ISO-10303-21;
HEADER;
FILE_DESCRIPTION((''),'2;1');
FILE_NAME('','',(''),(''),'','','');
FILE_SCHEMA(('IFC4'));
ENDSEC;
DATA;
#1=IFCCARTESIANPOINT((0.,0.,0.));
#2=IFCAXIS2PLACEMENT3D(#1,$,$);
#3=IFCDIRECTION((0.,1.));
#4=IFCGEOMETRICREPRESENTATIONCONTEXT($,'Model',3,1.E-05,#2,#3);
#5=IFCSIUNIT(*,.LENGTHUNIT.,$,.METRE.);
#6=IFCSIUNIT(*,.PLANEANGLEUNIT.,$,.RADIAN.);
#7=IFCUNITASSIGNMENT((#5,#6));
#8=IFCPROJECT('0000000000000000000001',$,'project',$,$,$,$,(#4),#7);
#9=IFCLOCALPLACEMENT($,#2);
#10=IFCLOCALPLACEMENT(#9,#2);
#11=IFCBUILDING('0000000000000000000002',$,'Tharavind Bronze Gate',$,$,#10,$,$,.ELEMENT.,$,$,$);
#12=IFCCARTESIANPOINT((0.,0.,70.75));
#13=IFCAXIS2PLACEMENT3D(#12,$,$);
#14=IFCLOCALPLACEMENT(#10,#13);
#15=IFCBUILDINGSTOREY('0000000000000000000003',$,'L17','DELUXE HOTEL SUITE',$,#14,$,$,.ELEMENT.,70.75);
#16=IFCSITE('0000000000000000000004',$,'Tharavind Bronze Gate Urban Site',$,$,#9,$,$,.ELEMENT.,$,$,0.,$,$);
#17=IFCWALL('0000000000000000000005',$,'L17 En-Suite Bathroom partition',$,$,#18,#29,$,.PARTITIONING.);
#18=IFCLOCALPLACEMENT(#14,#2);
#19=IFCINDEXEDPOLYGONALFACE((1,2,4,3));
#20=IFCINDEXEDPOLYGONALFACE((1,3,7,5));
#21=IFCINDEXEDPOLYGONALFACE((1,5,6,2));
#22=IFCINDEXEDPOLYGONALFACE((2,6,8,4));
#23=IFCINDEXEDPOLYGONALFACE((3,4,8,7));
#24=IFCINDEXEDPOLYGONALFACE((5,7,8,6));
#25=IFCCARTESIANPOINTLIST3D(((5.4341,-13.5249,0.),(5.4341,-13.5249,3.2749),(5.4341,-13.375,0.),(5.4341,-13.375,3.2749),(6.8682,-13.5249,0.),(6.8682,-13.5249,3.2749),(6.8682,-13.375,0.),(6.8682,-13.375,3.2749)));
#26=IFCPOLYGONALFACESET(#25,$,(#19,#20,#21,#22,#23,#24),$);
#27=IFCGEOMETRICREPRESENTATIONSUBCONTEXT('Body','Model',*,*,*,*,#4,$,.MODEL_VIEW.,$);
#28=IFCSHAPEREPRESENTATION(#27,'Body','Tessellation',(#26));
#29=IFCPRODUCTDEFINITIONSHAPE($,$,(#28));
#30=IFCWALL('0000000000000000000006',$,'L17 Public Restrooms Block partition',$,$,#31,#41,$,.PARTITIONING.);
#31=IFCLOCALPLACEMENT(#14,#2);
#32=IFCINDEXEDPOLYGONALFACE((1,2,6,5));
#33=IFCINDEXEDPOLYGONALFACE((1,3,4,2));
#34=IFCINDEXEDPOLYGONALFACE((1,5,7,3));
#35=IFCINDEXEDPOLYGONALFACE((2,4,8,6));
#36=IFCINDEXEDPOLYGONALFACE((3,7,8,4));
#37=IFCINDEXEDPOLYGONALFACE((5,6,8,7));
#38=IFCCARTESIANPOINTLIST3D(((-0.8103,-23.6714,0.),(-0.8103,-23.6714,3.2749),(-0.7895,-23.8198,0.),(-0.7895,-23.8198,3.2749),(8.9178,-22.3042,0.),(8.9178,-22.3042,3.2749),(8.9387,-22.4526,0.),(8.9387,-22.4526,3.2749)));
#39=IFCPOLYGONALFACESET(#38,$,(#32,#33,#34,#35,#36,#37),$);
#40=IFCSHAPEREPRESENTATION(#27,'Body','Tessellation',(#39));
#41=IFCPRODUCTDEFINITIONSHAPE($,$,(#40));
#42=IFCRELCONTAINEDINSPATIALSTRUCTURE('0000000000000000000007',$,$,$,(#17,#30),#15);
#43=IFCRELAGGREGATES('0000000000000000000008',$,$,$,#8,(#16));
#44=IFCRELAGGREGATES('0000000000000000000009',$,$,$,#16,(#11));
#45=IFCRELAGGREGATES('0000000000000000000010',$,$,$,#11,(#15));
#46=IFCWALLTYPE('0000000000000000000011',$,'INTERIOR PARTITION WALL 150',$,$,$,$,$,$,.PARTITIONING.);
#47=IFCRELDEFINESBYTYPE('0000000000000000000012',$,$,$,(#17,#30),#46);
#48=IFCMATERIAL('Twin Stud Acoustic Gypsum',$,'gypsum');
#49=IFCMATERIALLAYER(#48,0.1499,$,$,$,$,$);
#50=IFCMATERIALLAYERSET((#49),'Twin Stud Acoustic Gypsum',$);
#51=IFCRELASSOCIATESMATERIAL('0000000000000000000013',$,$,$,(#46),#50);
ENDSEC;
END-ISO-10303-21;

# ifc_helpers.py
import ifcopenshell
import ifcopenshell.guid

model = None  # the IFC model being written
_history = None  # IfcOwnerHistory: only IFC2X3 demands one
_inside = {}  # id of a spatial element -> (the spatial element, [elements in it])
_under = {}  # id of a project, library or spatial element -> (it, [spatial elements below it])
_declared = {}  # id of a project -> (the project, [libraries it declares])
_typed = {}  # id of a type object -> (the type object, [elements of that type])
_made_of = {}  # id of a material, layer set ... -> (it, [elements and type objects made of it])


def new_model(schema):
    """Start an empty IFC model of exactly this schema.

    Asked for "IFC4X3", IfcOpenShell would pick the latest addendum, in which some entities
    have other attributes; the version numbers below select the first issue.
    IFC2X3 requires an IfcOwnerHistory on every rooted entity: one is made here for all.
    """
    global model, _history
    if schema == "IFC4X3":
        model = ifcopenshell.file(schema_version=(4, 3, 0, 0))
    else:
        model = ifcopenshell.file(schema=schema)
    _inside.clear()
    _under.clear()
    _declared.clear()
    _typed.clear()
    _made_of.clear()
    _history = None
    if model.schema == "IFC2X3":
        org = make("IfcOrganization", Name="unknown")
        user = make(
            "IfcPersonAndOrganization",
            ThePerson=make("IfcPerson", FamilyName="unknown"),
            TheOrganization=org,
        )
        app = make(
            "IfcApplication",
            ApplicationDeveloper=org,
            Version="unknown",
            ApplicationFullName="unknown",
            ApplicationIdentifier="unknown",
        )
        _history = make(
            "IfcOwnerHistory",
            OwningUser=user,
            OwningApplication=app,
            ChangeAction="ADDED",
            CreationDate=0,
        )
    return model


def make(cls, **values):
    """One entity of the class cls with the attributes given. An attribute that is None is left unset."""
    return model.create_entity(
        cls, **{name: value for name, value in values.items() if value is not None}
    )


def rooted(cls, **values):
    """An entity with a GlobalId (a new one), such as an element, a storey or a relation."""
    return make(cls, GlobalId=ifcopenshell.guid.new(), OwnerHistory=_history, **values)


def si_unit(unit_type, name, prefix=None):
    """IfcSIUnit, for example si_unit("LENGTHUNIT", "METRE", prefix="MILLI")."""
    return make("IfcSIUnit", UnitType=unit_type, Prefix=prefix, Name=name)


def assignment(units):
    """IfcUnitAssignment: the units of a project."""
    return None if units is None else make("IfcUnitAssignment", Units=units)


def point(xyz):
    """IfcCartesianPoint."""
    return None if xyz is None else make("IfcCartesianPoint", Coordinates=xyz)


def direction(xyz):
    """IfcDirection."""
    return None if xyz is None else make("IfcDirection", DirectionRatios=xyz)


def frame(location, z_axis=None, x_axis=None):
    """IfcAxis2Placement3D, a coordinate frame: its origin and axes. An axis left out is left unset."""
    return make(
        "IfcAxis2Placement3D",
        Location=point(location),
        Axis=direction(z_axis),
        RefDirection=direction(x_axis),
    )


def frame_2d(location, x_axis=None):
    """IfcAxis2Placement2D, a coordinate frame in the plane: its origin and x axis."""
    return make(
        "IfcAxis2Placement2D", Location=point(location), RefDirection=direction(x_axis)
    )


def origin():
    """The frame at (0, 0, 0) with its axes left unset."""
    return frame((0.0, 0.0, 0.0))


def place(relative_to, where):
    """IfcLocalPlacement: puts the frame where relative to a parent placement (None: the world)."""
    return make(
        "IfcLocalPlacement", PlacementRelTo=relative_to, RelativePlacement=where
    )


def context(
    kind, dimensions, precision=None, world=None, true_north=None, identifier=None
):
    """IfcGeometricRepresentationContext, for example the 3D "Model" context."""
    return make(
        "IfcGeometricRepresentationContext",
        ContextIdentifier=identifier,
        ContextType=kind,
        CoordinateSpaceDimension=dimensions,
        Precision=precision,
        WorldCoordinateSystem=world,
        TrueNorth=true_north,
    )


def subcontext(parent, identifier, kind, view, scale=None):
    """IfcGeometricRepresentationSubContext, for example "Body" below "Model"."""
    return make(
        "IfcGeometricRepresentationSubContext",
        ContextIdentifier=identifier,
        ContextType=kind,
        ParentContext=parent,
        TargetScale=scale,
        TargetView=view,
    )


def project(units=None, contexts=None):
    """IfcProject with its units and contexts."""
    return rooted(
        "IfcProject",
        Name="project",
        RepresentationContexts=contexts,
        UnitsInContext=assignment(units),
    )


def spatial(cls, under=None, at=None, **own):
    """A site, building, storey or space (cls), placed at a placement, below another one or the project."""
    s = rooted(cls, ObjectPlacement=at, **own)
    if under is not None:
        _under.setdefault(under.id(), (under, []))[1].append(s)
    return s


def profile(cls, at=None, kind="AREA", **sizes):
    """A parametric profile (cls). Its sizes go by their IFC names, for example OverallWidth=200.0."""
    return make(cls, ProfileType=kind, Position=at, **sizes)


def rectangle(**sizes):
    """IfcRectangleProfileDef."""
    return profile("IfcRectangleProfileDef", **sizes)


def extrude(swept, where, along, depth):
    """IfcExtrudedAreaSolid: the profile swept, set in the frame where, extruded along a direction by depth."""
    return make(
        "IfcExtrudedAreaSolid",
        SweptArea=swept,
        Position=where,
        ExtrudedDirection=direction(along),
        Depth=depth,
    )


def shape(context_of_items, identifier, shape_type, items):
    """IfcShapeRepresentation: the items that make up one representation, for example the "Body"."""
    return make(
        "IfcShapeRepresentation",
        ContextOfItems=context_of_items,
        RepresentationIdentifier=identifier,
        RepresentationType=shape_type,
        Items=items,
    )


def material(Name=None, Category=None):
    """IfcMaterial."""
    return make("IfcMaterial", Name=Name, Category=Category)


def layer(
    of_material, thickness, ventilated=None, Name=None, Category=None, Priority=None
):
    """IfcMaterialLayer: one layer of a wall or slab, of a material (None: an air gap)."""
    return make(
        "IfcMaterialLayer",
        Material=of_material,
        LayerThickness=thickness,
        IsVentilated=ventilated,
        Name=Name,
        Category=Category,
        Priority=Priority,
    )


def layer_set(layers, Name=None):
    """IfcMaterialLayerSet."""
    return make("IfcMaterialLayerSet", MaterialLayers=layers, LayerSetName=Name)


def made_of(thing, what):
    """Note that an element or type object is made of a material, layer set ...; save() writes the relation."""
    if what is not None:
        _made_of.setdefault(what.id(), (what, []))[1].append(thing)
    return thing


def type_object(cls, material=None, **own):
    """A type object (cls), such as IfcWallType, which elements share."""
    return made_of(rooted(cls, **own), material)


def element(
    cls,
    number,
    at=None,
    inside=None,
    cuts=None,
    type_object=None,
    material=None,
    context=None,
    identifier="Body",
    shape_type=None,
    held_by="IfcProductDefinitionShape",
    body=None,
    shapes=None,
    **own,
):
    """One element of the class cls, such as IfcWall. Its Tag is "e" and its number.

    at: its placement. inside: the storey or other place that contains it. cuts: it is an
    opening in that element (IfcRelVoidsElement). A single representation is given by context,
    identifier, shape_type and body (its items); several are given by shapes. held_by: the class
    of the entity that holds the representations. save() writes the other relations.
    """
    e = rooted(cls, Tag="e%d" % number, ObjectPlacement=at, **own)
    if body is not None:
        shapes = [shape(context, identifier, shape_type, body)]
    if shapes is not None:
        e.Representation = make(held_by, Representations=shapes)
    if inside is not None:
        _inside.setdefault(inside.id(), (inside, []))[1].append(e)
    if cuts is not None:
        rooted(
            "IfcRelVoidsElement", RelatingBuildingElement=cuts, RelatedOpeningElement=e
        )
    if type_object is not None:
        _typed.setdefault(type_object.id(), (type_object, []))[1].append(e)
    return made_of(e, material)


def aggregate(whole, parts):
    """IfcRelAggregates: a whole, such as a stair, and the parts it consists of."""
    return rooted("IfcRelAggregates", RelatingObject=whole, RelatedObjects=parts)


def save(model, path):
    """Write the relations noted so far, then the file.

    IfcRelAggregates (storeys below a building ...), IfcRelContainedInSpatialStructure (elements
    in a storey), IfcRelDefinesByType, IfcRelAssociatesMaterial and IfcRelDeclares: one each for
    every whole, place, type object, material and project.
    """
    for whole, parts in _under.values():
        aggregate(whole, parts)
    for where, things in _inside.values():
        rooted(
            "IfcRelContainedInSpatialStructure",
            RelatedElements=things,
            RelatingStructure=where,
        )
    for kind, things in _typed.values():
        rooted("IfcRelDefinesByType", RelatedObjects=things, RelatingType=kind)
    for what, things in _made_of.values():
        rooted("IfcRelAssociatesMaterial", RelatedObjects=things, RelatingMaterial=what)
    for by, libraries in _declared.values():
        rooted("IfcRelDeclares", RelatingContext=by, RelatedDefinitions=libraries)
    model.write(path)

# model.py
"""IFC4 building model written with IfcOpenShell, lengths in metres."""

from ifc_helpers import new_model, si_unit, direction, frame, frame_2d, origin, place, context, subcontext, project, spatial, rectangle, extrude, material, layer, layer_set, type_object, element, save


model = new_model("IFC4")

# Units and contexts
model_context = context("Model", 3, precision=1e-05, world=origin(), true_north=direction((0.0, 1.0)))
body_context = subcontext(model_context, "Body", "Model", "MODEL_VIEW")
ifc_project = project(units=[si_unit("LENGTHUNIT", "METRE"), si_unit("PLANEANGLEUNIT", "RADIAN")], contexts=[model_context])

# Site, building, storey
site_placement = place(None, origin())
site = spatial("IfcSite", under=ifc_project, at=site_placement, Name="Tharavind Bronze Gate Urban Site", CompositionType="ELEMENT", RefElevation=0.0)
building_placement = place(site_placement, origin())
building = spatial("IfcBuilding", under=site, at=building_placement, Name="Tharavind Bronze Gate", CompositionType="ELEMENT")
storey_placement = place(building_placement, frame((0.0, 0.0, 70.75)))
storey = spatial("IfcBuildingStorey", under=building, at=storey_placement, Name="L17", Description="DELUXE HOTEL SUITE", CompositionType="ELEMENT", Elevation=70.75)

# Walls
ifc_material_1 = material(Name="Twin Stud Acoustic Gypsum", Category="gypsum")
ifc_layer_1 = layer(ifc_material_1, 0.1499)
ifc_layer_set_1 = layer_set([ifc_layer_1], Name="Twin Stud Acoustic Gypsum")
wall_type_1 = type_object("IfcWallType", Name="INTERIOR PARTITION WALL 150", PredefinedType="PARTITIONING", material=ifc_layer_set_1)
wall_1_placement = place(storey_placement, frame((6.8682, -13.45, 0.0), z_axis=(0.0, 0.0, 1.0), x_axis=(-1.0, 0.0, 0.0)))
element("IfcWall", 1, at=wall_1_placement, inside=storey, type_object=wall_type_1, Name="L17 En-Suite Bathroom partition", PredefinedType="PARTITIONING", context=body_context, shape_type="SweptSolid", body=[
    extrude(rectangle(XDim=1.4341, YDim=0.1499, at=frame_2d((0.717, 0.0))), origin(), (0.0, 0.0, 1.0), 3.2749),
])
wall_2_placement = place(storey_placement, frame((8.9282, -22.3784, 0.0), z_axis=(0.0, 0.0, 1.0), x_axis=(-0.990268, -0.139173, 0.0)))
element("IfcWall", 2, at=wall_2_placement, inside=storey, type_object=wall_type_1, Name="L17 Public Restrooms Block partition", PredefinedType="PARTITIONING", context=body_context, shape_type="SweptSolid", body=[
    extrude(rectangle(XDim=9.8237, YDim=0.1499, at=frame_2d((4.9119, 0.0))), origin(), (0.0, 0.0, 1.0), 3.2749),
])

save(model, "model.ifc")
